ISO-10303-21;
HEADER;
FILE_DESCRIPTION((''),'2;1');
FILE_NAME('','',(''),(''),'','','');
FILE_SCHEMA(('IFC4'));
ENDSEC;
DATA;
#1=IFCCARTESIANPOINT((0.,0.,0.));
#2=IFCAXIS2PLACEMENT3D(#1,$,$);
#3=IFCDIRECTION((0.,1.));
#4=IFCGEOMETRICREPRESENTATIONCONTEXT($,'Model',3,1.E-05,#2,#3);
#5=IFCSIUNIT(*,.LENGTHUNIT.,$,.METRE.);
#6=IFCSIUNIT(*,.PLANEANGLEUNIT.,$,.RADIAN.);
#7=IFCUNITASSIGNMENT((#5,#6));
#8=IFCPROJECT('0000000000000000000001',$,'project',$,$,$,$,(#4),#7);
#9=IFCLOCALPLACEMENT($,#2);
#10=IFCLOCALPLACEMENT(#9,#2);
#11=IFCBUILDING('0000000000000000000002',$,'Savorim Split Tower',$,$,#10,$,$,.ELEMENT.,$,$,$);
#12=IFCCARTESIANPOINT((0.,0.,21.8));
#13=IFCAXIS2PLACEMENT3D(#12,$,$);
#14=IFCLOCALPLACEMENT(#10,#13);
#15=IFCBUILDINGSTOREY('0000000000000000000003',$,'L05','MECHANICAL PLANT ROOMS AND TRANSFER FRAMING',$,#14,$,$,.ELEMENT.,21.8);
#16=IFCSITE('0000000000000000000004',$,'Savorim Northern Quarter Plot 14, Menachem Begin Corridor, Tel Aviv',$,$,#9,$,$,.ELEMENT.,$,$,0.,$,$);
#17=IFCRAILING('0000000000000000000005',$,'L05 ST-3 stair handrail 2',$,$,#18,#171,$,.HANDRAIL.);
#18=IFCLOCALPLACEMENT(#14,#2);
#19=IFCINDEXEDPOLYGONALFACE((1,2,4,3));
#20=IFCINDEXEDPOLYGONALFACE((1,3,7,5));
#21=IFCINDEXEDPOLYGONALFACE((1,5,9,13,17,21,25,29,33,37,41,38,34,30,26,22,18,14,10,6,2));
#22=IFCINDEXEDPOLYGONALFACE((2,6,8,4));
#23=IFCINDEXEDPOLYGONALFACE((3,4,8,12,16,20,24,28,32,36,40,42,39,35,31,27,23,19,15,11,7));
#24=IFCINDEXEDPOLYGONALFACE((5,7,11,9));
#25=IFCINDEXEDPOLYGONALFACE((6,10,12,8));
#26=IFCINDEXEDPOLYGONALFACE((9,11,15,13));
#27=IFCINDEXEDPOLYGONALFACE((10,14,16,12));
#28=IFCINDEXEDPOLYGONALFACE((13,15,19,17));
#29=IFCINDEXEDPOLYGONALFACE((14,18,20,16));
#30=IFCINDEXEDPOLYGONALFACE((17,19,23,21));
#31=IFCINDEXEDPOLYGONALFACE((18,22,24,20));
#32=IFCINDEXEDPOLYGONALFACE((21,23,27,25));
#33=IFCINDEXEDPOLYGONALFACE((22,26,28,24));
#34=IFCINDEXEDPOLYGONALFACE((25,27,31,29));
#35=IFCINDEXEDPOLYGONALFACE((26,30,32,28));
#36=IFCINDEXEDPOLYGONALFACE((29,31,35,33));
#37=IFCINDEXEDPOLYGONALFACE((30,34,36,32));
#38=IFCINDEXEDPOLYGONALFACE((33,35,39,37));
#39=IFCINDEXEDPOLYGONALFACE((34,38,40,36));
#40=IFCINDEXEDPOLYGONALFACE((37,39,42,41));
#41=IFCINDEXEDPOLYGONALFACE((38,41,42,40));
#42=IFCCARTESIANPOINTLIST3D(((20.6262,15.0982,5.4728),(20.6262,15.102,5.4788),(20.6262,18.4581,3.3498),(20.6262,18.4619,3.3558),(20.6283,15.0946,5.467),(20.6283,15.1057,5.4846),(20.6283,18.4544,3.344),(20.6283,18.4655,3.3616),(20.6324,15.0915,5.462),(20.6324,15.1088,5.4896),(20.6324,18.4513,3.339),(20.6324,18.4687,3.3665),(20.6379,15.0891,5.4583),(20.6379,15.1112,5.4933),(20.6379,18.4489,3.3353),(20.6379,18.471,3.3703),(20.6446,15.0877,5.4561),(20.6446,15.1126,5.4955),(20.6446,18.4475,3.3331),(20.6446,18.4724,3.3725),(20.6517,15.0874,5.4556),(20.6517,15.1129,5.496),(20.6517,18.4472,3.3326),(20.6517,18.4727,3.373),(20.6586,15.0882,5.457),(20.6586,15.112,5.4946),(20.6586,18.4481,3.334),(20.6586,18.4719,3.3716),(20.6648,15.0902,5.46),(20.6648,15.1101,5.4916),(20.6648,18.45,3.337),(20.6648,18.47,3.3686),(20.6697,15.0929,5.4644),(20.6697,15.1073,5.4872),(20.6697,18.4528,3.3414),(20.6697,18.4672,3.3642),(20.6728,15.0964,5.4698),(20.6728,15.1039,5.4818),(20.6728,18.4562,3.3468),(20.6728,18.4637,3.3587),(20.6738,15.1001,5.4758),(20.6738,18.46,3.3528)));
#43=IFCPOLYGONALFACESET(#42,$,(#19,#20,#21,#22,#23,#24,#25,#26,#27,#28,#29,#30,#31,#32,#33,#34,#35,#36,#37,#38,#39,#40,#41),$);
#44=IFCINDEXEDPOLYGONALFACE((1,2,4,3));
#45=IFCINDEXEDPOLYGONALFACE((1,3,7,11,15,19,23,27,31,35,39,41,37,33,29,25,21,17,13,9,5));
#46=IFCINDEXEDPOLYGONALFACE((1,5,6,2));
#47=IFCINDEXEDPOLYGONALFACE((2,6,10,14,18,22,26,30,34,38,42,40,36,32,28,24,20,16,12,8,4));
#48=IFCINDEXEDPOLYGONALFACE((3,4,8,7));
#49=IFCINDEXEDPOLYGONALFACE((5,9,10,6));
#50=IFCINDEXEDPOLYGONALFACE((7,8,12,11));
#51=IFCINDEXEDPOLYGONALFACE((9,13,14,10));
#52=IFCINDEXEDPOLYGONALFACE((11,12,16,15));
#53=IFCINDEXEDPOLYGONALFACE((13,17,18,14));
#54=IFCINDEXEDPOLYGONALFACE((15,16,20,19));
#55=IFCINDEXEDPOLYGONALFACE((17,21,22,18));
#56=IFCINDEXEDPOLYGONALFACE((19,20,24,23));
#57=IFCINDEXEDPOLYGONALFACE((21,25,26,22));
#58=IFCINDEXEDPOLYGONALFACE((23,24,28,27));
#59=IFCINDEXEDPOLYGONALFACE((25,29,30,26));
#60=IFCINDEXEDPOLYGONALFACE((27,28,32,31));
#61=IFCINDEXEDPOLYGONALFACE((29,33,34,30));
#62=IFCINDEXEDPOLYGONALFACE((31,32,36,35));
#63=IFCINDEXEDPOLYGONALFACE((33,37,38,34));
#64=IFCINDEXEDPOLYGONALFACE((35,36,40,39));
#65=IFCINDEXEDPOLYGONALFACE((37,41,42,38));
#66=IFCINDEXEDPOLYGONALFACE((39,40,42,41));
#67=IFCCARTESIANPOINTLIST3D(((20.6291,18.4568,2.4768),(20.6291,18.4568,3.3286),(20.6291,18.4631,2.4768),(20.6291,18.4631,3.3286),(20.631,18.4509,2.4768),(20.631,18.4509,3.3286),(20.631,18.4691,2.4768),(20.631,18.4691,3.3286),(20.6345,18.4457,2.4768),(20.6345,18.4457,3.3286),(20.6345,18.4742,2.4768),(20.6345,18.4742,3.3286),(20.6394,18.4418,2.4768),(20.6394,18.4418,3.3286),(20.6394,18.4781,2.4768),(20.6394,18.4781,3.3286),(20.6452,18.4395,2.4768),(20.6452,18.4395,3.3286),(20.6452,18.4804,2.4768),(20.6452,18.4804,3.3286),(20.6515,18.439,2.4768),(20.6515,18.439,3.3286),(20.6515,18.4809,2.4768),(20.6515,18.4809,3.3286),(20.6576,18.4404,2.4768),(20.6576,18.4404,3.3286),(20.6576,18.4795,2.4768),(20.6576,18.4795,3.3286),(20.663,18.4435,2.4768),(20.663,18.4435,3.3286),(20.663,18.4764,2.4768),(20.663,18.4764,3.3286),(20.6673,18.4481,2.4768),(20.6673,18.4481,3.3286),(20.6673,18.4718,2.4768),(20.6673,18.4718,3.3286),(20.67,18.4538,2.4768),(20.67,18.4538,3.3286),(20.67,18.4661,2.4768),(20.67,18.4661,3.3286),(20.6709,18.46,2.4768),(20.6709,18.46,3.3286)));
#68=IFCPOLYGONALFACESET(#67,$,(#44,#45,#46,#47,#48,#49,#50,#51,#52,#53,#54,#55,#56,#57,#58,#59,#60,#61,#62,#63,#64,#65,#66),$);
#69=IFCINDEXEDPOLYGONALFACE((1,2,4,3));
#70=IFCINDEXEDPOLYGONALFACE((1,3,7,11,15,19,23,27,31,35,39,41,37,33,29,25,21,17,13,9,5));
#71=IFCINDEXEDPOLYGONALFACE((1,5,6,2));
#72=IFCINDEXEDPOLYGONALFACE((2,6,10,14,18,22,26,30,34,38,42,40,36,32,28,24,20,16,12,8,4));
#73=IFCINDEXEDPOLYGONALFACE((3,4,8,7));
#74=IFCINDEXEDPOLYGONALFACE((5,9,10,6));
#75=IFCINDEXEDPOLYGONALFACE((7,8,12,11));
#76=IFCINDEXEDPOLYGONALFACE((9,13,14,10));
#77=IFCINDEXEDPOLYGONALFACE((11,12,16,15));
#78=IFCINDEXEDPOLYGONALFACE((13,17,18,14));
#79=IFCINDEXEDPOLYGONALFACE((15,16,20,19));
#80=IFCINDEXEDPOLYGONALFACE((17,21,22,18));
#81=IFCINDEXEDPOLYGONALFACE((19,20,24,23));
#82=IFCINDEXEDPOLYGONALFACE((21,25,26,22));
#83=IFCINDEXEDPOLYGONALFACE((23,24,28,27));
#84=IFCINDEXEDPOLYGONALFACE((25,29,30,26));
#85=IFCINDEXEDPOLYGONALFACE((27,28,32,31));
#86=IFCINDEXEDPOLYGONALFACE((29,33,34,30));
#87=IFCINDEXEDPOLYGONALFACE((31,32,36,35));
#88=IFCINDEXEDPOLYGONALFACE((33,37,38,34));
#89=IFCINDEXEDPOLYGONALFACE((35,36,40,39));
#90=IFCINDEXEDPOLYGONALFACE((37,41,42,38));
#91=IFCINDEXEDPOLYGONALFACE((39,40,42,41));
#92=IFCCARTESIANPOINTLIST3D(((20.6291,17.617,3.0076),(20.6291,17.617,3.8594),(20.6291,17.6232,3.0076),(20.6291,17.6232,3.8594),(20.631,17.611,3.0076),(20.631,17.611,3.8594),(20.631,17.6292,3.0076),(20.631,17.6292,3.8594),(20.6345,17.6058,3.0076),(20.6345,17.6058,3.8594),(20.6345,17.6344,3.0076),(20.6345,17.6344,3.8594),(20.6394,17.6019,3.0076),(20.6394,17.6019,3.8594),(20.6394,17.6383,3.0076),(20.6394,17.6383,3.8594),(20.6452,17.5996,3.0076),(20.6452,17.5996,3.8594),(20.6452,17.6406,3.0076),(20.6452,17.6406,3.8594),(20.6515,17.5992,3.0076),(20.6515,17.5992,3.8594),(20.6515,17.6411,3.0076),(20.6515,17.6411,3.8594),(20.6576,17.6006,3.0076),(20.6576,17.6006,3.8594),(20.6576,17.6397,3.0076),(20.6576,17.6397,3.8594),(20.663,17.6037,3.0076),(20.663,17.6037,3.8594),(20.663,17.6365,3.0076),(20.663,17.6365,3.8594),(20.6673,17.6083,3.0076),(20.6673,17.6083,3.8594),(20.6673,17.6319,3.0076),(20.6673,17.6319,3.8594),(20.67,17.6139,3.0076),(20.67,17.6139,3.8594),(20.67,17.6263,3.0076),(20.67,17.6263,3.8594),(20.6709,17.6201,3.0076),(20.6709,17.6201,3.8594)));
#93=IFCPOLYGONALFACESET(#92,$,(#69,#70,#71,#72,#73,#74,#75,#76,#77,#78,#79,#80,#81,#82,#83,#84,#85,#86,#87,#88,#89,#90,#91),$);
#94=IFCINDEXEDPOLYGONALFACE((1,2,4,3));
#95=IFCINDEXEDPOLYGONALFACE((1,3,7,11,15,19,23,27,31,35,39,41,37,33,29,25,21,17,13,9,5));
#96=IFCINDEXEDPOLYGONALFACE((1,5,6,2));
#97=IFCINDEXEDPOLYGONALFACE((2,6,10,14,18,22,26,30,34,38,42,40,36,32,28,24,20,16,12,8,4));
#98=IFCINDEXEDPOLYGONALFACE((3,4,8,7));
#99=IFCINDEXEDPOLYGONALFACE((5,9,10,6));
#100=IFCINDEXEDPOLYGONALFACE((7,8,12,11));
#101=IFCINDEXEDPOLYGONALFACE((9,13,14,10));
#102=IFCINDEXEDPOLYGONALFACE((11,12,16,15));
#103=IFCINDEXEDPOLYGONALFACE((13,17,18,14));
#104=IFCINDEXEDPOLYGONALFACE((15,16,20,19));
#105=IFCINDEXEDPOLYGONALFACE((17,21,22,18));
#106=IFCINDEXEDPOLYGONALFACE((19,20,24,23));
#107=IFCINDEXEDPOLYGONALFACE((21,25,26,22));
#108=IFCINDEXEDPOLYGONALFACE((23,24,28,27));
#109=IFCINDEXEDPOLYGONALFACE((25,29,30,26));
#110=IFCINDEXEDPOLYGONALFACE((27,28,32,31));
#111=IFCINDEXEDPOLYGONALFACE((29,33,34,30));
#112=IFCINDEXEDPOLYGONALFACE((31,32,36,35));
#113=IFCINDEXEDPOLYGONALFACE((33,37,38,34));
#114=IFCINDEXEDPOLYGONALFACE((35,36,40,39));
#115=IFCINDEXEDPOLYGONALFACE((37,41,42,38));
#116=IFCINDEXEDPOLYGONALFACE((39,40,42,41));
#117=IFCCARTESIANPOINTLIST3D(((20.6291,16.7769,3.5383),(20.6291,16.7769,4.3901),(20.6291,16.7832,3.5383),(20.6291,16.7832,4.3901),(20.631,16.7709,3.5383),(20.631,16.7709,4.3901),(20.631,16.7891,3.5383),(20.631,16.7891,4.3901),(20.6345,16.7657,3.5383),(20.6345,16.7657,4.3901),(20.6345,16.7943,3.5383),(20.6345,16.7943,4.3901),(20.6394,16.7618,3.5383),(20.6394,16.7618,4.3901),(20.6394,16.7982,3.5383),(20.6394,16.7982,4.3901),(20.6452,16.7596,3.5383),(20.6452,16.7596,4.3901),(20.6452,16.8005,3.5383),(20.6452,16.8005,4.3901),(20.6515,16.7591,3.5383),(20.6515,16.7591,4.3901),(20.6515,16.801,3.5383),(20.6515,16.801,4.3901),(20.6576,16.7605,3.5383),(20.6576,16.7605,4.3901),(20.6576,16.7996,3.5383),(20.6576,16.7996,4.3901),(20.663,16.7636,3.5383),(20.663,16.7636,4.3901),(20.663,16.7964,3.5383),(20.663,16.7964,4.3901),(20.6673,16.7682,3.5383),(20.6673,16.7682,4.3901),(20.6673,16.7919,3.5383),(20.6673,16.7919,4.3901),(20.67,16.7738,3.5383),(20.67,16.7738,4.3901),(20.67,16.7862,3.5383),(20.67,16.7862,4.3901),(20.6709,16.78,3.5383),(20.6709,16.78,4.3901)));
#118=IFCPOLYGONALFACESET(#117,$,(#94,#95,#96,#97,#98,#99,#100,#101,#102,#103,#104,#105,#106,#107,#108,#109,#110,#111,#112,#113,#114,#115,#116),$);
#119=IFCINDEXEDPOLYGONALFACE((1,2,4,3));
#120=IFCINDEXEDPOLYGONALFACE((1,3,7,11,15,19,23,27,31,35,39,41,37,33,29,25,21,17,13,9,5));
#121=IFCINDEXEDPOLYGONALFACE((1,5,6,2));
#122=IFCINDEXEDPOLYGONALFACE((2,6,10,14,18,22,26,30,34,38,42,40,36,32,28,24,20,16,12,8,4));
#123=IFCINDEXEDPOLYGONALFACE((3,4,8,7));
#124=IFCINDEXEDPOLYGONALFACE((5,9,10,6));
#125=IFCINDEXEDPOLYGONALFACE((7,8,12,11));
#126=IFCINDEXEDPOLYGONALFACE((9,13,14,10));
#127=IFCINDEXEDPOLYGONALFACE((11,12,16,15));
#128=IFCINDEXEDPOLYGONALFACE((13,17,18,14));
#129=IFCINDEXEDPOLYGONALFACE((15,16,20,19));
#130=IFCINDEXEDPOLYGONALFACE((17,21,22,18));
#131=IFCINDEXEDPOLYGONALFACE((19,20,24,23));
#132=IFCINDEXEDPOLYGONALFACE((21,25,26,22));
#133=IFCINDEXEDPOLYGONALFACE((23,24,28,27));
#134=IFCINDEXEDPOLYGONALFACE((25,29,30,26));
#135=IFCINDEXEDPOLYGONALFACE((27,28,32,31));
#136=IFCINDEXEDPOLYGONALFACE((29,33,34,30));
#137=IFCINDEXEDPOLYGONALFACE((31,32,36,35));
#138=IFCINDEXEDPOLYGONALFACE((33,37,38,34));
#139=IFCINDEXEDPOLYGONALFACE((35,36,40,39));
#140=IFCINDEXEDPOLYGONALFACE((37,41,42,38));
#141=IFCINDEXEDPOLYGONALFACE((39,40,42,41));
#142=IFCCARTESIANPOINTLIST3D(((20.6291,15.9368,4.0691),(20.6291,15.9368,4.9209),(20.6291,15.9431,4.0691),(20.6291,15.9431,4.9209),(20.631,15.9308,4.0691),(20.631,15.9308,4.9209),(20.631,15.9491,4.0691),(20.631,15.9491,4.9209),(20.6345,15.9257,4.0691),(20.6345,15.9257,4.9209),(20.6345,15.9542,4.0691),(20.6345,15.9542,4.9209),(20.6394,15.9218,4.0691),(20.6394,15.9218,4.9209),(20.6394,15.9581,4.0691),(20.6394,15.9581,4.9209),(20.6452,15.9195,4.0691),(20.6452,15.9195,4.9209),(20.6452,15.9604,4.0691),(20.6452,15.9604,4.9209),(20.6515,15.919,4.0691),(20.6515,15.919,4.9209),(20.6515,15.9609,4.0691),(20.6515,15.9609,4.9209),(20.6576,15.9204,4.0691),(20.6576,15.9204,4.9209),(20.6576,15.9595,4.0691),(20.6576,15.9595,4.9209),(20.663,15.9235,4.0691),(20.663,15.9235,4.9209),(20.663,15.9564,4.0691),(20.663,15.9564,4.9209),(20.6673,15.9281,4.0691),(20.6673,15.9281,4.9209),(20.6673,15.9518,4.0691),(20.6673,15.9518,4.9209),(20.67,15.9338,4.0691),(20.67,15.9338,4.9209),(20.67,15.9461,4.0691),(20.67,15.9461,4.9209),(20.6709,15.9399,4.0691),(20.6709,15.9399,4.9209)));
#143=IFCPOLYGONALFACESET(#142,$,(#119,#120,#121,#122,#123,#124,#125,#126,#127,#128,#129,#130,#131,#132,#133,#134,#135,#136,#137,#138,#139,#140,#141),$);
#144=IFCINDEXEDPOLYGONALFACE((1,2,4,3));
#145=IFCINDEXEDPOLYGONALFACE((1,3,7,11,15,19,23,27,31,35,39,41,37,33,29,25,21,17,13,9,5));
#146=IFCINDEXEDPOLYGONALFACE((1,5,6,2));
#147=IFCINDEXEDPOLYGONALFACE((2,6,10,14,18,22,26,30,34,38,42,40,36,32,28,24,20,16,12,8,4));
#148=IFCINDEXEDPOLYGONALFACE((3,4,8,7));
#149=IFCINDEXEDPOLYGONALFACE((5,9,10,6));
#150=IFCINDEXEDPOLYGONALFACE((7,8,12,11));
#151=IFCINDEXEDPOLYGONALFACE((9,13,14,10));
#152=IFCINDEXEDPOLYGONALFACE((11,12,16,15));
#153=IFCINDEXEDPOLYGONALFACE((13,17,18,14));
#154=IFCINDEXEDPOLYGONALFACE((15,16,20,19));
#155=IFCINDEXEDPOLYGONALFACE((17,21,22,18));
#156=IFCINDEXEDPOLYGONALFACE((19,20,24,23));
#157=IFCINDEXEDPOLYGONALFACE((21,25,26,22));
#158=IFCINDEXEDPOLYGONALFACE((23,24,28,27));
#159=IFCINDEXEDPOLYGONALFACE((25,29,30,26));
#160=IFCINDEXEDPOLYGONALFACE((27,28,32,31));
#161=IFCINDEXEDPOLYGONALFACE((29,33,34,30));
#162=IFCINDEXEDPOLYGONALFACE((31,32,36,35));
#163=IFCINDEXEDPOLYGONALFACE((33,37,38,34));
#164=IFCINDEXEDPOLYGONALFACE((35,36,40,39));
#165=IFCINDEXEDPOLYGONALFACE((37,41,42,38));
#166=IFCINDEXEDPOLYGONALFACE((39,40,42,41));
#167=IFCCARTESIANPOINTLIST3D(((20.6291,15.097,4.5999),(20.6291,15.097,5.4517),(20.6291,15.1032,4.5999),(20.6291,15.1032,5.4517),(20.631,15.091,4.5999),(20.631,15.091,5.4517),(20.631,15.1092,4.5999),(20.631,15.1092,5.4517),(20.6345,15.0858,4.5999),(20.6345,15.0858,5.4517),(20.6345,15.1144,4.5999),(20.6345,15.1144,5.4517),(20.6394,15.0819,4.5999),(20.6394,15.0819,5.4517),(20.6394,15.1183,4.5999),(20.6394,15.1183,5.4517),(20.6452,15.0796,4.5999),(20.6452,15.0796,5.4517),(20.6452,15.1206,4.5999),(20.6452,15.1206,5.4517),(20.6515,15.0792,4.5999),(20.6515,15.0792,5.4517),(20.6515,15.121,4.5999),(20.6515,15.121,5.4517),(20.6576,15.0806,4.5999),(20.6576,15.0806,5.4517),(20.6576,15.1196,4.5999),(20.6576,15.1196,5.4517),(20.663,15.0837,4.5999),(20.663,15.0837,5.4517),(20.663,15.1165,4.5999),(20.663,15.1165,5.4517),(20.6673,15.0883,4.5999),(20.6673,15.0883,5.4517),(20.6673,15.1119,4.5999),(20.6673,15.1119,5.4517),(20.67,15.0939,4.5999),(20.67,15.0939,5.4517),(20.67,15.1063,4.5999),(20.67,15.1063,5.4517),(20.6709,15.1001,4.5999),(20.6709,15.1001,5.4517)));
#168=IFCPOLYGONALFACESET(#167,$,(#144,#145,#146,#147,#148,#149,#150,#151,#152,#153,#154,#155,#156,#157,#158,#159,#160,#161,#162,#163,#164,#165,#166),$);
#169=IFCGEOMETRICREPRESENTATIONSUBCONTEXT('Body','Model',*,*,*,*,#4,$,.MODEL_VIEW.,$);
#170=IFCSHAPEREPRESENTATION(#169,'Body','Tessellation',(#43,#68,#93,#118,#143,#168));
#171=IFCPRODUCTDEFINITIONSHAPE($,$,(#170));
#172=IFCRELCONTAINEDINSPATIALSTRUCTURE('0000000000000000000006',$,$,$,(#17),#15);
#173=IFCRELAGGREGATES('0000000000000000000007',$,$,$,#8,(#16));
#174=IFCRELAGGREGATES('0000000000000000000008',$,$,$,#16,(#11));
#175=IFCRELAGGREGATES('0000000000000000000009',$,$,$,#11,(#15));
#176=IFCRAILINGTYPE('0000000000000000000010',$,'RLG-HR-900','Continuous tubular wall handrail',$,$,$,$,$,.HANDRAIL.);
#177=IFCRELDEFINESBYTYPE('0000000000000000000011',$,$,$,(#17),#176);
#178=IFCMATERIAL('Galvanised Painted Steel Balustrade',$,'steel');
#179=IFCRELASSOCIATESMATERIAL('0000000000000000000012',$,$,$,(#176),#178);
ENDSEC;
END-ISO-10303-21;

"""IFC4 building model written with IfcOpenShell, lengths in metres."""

from ifc_helpers import new_model, si_unit, direction, frame, origin, origin_2d, place, context, subcontext, project, spatial, circle, extrude, material, type_object, element, save


model = new_model("IFC4")

# Units and contexts
model_context = context("Model", 3, precision=1e-05, world=origin(), true_north=direction((0.0, 1.0)))
body_context = subcontext(model_context, "Body", "Model", "MODEL_VIEW")
ifc_project = project(units=[si_unit("LENGTHUNIT", "METRE"), si_unit("PLANEANGLEUNIT", "RADIAN")], contexts=[model_context])

# Site, building, storey
site_placement = place(None, origin())
site = spatial("IfcSite", under=ifc_project, at=site_placement, Name="Savorim Northern Quarter Plot 14, Menachem Begin Corridor, Tel Aviv", CompositionType="ELEMENT", RefElevation=0.0)
building_placement = place(site_placement, origin())
building = spatial("IfcBuilding", under=site, at=building_placement, Name="Savorim Split Tower", CompositionType="ELEMENT")
storey_placement = place(building_placement, frame((0.0, 0.0, 21.8)))
storey = spatial("IfcBuildingStorey", under=building, at=storey_placement, Name="L05", Description="MECHANICAL PLANT ROOMS AND TRANSFER FRAMING", CompositionType="ELEMENT", Elevation=21.8)

# Railing
ifc_material_1 = material(Name="Galvanised Painted Steel Balustrade", Category="steel")
railing_type_1 = type_object("IfcRailingType", Name="RLG-HR-900", Description="Continuous tubular wall handrail", PredefinedType="HANDRAIL", material=ifc_material_1)
railing_1_placement = place(storey_placement, frame((20.6499, 18.46, 2.4768)))
element("IfcRailing", 1, at=railing_1_placement, inside=storey, type_object=railing_type_1, Name="L05 ST-3 stair handrail 2", PredefinedType="HANDRAIL", context=body_context, shape_type="SweptSolid", body=[
    extrude(circle(Radius=0.0239, at=origin_2d()), frame((0.0, 0.0, 0.876), z_axis=(0.0, -0.845372, 0.534178), x_axis=(1.0, 0.0, 0.0)), (0.0, 0.0, 1.0), 3.9744),
    extrude(circle(Radius=0.021, at=origin_2d()), origin(), (0.0, 0.0, 1.0), 0.8518),
    extrude(circle(Radius=0.021, at=origin_2d()), frame((0.0, -0.8398, 0.5308)), (0.0, 0.0, 1.0), 0.8518),
    extrude(circle(Radius=0.021, at=origin_2d()), frame((0.0, -1.6799, 1.0615)), (0.0, 0.0, 1.0), 0.8518),
    extrude(circle(Radius=0.021, at=origin_2d()), frame((0.0, -2.52, 1.5923)), (0.0, 0.0, 1.0), 0.8518),
    extrude(circle(Radius=0.021, at=origin_2d()), frame((0.0, -3.3599, 2.123)), (0.0, 0.0, 1.0), 0.8518),
])

save(model, "model.ifc")
